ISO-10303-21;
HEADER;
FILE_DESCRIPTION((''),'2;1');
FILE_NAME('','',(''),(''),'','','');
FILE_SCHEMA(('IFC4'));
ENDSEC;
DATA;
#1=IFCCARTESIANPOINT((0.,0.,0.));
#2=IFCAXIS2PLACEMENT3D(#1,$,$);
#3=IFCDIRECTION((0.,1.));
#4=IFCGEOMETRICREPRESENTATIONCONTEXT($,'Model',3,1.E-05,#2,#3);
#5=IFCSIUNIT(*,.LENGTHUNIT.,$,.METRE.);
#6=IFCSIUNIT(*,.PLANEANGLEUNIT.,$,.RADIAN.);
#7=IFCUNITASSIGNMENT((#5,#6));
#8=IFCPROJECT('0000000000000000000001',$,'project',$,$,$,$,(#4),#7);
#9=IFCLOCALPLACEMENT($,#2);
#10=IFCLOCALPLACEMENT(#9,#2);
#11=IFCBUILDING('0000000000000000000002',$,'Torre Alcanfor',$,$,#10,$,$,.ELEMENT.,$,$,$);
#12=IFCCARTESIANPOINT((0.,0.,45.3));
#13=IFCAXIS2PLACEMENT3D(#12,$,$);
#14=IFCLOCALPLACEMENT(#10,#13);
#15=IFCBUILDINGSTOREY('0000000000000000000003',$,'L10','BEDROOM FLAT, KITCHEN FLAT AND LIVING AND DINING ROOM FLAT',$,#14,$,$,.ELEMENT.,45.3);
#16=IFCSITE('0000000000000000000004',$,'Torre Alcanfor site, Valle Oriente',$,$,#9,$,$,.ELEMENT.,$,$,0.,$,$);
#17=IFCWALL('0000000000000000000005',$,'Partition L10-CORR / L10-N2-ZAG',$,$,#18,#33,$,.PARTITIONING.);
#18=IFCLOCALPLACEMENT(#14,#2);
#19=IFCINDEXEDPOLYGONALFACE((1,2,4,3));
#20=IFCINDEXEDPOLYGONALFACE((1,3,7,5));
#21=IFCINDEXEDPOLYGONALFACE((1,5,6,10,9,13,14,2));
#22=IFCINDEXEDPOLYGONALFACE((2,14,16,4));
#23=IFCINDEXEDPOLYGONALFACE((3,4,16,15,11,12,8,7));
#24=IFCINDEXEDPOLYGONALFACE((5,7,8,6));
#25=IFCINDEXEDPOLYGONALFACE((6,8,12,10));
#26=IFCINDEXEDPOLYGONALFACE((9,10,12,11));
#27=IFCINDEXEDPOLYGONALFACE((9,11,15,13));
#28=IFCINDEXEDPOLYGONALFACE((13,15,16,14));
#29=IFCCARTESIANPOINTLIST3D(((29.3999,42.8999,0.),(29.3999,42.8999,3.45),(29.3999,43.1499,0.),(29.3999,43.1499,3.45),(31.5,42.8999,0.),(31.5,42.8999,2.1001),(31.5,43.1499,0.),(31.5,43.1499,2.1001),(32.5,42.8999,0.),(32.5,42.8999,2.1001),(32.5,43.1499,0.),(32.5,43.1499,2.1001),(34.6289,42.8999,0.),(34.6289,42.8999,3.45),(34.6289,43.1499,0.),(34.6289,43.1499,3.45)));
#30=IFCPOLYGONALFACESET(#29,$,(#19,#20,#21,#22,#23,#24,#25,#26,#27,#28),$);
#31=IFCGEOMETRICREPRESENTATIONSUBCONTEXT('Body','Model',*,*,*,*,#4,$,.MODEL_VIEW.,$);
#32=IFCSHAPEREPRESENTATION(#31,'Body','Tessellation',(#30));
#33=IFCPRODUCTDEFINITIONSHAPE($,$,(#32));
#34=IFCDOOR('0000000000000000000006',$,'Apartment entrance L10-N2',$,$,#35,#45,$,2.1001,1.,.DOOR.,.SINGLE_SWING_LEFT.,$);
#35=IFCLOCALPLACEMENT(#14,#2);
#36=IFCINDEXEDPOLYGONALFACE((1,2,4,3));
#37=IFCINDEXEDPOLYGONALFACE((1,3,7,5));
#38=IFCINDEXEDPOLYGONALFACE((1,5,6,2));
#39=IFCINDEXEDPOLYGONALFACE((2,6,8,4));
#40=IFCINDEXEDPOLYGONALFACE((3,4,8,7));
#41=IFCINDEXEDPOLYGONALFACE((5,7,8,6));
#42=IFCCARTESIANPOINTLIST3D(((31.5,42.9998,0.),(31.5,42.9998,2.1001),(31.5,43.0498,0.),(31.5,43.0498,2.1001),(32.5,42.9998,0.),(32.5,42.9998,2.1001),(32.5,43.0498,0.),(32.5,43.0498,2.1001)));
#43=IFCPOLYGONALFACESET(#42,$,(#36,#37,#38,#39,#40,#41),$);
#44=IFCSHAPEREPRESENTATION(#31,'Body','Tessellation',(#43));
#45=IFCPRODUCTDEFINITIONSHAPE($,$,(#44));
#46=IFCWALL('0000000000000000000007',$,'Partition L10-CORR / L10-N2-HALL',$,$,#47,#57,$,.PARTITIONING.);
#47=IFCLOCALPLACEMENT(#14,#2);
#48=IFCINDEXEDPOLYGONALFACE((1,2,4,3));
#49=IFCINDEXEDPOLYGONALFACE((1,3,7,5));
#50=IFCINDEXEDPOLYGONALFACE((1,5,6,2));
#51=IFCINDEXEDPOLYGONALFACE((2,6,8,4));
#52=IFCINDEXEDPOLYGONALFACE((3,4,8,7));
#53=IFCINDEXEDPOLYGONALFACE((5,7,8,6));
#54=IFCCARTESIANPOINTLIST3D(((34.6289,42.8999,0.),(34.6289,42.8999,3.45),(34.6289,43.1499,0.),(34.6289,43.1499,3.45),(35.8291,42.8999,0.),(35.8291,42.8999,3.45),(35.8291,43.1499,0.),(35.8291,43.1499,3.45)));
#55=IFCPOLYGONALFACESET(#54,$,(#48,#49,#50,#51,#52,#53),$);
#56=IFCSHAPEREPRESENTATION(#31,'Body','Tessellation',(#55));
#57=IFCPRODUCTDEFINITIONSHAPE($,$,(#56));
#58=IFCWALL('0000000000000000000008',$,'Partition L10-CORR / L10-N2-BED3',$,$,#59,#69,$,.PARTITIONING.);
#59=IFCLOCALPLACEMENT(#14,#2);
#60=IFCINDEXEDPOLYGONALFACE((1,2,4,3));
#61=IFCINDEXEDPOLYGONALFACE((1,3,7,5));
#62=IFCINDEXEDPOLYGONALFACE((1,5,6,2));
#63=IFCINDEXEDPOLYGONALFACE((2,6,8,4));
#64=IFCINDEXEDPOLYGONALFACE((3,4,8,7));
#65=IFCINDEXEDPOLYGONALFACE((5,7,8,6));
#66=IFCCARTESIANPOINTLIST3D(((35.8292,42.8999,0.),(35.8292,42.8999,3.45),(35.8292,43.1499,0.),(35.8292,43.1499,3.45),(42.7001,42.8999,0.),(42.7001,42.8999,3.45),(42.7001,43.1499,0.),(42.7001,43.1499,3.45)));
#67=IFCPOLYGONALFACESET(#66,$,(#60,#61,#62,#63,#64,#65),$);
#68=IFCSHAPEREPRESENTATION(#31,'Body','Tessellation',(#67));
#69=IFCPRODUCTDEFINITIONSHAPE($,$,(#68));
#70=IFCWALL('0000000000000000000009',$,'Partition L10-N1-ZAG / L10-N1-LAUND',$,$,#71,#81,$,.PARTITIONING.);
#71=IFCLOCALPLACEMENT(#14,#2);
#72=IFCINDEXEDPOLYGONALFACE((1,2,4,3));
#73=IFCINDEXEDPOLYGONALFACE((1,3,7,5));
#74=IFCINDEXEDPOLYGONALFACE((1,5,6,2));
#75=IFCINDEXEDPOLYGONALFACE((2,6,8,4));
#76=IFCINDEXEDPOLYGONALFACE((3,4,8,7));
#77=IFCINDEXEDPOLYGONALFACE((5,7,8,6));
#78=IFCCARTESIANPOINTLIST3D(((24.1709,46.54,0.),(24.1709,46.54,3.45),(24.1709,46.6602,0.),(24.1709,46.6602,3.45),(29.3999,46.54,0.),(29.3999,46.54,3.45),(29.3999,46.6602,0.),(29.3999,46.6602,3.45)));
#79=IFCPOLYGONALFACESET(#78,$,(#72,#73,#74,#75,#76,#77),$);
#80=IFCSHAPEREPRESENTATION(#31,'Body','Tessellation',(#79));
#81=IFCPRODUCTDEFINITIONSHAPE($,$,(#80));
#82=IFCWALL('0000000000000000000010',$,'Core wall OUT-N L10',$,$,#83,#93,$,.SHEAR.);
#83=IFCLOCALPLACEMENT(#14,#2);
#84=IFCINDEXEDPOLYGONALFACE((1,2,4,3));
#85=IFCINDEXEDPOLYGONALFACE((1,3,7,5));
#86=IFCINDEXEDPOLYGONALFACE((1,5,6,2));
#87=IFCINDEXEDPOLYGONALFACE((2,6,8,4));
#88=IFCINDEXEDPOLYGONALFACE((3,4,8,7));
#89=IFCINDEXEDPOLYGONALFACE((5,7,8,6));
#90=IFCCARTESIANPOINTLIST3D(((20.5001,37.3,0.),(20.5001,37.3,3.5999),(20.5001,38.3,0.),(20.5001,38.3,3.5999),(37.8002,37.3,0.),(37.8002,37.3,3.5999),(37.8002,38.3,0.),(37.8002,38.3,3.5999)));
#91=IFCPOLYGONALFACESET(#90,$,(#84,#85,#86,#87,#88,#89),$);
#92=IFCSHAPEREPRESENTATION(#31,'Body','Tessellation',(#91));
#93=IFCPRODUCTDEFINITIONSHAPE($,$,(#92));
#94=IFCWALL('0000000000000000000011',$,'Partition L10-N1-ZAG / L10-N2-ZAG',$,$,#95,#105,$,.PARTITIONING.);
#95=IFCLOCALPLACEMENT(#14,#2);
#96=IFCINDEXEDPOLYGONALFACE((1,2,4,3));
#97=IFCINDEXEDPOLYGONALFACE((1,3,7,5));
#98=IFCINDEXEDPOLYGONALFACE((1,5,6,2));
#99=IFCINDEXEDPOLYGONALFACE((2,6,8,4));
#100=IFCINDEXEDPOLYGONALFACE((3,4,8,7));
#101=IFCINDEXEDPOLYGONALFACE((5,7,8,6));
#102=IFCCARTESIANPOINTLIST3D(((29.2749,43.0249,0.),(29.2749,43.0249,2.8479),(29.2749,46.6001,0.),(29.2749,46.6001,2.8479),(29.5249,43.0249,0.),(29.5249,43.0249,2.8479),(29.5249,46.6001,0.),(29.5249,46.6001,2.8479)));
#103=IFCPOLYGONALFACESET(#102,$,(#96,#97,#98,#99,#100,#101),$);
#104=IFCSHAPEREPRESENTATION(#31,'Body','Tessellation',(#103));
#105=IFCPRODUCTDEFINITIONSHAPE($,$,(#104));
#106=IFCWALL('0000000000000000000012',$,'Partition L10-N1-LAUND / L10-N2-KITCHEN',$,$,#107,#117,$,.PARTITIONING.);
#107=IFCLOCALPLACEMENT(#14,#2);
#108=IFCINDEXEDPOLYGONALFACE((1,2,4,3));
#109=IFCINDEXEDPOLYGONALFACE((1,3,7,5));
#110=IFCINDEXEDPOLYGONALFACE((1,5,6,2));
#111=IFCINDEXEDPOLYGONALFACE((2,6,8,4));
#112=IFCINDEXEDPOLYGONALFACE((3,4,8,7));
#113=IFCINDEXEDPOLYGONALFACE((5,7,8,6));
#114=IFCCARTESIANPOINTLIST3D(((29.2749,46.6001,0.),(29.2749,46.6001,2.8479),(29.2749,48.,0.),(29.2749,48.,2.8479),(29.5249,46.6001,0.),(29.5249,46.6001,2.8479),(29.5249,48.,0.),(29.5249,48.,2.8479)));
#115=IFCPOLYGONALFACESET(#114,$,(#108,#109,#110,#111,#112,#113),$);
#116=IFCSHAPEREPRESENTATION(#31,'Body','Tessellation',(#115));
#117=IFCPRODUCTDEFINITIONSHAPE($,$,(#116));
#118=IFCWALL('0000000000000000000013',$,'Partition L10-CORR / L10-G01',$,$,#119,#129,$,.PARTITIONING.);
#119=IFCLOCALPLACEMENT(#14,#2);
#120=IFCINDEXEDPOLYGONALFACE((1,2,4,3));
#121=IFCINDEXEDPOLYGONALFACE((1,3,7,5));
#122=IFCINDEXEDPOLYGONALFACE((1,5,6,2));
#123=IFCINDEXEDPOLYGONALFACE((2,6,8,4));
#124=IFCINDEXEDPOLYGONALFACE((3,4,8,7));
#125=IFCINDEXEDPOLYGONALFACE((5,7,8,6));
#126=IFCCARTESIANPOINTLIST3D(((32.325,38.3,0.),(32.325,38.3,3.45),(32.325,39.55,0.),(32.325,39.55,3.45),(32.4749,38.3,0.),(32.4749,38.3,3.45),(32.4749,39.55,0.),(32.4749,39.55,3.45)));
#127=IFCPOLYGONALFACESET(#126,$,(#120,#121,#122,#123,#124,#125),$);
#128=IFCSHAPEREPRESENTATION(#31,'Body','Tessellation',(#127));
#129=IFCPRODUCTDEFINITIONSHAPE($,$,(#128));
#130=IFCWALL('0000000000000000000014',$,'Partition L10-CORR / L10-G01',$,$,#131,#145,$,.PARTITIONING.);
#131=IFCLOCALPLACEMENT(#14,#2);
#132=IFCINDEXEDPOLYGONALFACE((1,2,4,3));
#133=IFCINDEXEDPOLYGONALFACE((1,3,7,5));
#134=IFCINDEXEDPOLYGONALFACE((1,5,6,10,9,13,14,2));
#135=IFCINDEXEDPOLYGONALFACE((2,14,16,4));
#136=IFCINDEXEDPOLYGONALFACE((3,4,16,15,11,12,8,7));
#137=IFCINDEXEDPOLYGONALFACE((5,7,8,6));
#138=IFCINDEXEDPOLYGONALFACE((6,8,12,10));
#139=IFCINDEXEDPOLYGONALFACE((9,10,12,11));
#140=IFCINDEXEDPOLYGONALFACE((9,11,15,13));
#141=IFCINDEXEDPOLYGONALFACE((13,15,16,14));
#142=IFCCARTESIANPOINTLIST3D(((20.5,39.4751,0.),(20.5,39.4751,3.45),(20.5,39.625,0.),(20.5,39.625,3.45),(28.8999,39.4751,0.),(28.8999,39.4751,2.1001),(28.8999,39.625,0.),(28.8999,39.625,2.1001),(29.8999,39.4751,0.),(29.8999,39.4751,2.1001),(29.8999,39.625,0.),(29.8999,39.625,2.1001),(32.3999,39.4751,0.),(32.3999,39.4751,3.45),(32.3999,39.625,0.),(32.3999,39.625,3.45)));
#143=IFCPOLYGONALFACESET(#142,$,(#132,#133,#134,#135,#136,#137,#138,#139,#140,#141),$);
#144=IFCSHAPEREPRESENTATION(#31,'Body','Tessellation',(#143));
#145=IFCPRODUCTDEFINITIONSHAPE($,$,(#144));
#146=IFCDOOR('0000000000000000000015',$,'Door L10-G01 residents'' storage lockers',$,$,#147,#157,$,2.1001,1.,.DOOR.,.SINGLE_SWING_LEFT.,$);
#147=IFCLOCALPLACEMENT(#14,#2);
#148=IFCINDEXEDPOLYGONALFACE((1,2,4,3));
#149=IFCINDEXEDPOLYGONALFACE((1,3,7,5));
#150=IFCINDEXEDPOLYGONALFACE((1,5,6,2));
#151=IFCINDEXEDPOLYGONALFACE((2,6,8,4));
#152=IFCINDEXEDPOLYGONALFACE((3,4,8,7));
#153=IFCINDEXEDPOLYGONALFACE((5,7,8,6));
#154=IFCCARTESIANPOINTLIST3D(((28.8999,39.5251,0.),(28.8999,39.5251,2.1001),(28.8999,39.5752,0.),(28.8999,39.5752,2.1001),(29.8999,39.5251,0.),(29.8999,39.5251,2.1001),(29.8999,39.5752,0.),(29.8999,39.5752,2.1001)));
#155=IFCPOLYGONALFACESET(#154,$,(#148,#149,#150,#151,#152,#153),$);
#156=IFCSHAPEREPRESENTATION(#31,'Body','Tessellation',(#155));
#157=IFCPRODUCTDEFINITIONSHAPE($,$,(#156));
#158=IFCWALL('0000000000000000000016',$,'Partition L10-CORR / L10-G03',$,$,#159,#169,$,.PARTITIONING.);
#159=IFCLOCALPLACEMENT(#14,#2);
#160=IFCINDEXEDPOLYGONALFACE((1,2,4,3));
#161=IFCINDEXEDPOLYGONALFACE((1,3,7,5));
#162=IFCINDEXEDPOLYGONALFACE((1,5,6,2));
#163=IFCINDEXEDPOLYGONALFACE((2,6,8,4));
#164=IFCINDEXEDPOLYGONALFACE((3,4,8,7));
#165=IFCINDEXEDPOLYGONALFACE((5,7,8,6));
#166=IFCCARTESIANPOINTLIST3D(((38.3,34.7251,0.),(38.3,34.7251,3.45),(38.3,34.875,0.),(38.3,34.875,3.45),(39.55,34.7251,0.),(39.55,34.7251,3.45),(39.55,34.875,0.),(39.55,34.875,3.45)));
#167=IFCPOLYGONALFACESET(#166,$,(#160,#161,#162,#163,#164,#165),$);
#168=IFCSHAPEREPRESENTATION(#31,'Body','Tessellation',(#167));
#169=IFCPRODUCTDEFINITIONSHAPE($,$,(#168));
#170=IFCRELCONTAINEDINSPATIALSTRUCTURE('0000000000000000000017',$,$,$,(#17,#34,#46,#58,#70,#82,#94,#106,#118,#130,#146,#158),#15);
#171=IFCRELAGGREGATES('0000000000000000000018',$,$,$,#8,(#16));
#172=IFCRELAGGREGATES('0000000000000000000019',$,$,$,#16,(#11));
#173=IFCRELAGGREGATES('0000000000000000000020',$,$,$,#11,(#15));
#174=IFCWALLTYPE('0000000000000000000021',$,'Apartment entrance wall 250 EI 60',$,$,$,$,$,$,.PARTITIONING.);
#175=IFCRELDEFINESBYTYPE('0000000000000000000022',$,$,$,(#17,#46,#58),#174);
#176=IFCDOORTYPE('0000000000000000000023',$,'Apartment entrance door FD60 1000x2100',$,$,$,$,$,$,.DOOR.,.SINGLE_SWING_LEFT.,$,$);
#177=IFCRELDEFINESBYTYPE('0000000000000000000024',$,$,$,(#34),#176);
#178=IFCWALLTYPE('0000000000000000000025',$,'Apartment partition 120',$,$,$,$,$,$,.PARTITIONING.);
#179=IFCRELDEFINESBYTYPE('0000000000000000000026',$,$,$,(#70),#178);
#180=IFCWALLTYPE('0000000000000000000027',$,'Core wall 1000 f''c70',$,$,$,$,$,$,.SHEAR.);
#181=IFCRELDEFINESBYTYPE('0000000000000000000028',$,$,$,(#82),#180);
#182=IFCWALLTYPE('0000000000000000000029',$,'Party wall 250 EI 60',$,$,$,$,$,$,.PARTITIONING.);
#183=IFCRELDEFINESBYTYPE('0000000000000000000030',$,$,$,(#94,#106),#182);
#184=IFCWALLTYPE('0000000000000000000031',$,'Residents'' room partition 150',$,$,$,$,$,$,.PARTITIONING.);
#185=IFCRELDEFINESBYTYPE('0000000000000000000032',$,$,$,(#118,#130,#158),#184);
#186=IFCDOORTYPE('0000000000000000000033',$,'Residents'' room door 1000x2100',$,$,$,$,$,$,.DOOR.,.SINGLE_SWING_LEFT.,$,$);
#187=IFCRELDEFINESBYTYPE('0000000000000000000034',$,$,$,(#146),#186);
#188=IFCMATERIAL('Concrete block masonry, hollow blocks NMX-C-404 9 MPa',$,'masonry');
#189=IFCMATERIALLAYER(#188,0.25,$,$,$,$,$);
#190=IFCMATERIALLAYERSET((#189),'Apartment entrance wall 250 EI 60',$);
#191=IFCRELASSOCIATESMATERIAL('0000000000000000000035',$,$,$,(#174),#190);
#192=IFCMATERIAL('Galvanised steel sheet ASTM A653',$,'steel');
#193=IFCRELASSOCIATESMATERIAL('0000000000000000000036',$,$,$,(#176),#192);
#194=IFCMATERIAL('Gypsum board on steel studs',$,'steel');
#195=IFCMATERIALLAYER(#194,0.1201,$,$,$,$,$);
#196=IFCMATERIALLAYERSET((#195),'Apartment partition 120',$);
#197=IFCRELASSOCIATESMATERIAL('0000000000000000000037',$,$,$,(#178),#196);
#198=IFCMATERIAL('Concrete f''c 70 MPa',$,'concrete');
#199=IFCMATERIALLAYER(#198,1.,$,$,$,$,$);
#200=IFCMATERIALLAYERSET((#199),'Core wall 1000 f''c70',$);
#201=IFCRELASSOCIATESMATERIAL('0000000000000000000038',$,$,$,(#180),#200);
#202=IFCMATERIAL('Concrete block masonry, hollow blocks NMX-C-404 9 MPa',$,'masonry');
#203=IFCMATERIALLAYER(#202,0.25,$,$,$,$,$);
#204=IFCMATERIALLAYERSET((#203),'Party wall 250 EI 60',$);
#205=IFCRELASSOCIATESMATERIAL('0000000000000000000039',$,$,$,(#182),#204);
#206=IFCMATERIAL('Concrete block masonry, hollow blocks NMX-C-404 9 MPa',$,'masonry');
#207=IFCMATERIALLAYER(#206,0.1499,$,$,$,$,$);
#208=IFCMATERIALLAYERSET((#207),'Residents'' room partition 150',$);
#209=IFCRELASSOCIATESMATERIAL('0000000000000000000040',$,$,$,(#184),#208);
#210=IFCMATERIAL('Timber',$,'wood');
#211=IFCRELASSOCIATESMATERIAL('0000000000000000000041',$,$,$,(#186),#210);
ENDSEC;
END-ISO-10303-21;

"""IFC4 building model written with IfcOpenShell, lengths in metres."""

from ifc_helpers import new_model, si_unit, direction, frame, frame_2d, origin, place, context, subcontext, project, spatial, rectangle, extrude, material, layer, layer_set, type_object, element, fill, save


model = new_model("IFC4")

# Units and contexts
model_context = context("Model", 3, precision=1e-05, world=origin(), true_north=direction((0.0, 1.0)))
body_context = subcontext(model_context, "Body", "Model", "MODEL_VIEW")
ifc_project = project(units=[si_unit("LENGTHUNIT", "METRE"), si_unit("PLANEANGLEUNIT", "RADIAN")], contexts=[model_context])

# Site, building, storey
site_placement = place(None, origin())
site = spatial("IfcSite", under=ifc_project, at=site_placement, Name="Torre Alcanfor site, Valle Oriente", CompositionType="ELEMENT", RefElevation=0.0)
building_placement = place(site_placement, origin())
building = spatial("IfcBuilding", under=site, at=building_placement, Name="Torre Alcanfor", CompositionType="ELEMENT")
storey_placement = place(building_placement, frame((0.0, 0.0, 45.3)))
storey = spatial("IfcBuildingStorey", under=building, at=storey_placement, Name="L10", Description="BEDROOM FLAT, KITCHEN FLAT AND LIVING AND DINING ROOM FLAT", CompositionType="ELEMENT", Elevation=45.3)

# Wall, opening, door
ifc_material_1 = material(Name="Concrete block masonry, hollow blocks NMX-C-404 9 MPa", Category="masonry")
ifc_layer_1 = layer(ifc_material_1, 0.25)
ifc_layer_set_1 = layer_set([ifc_layer_1], Name="Apartment entrance wall 250 EI 60")
wall_type_1 = type_object("IfcWallType", Name="Apartment entrance wall 250 EI 60", PredefinedType="PARTITIONING", material=ifc_layer_set_1)
wall_1_placement = place(storey_placement, frame((29.3999, 43.0249, 0.0), z_axis=(0.0, 0.0, 1.0), x_axis=(1.0, 0.0, 0.0)))
wall_1 = element("IfcWall", 1, at=wall_1_placement, inside=storey, type_object=wall_type_1, Name="Partition L10-CORR / L10-N2-ZAG", PredefinedType="PARTITIONING", context=body_context, shape_type="SweptSolid", body=[
    extrude(rectangle(XDim=5.229, YDim=0.25, at=frame_2d((2.6145, 0.0))), origin(), (0.0, 0.0, 1.0), 3.45),
])
opening_1_placement = place(wall_1_placement, frame((2.1001, 0.0, 0.0)))
opening_1 = element("IfcOpeningElement", 2, at=opening_1_placement, cuts=wall_1, PredefinedType="OPENING", context=body_context, shape_type="SweptSolid", body=[
    extrude(rectangle(XDim=1.0, YDim=2.1001, at=frame_2d((0.5, 1.05))), frame((0.0, 0.135, 0.0), z_axis=(0.0, -1.0, 0.0), x_axis=(1.0, 0.0, 0.0)), (0.0, 0.0, 1.0), 0.27),
])
ifc_material_2 = material(Name="Galvanised steel sheet ASTM A653", Category="steel")
door_type_1 = type_object("IfcDoorType", Name="Apartment entrance door FD60 1000x2100", OperationType="SINGLE_SWING_LEFT", PredefinedType="DOOR", material=ifc_material_2)
door_1_placement = place(opening_1_placement, origin())
door_1 = element("IfcDoor", 3, at=door_1_placement, inside=storey, type_object=door_type_1, Name="Apartment entrance L10-N2", OperationType="SINGLE_SWING_LEFT", OverallHeight=2.1001, OverallWidth=1.0, PredefinedType="DOOR", context=body_context, shape_type="SweptSolid", body=[
    extrude(rectangle(XDim=1.0, YDim=2.1001, at=frame_2d((0.5, 1.05))), frame((0.0, 0.0249, 0.0), z_axis=(0.0, -1.0, 0.0), x_axis=(1.0, 0.0, 0.0)), (0.0, 0.0, 1.0), 0.05),
])
fill(opening_1, door_1)

# Walls
wall_2_placement = place(storey_placement, frame((34.6289, 43.0249, 0.0), z_axis=(0.0, 0.0, 1.0), x_axis=(1.0, 0.0, 0.0)))
element("IfcWall", 4, at=wall_2_placement, inside=storey, type_object=wall_type_1, Name="Partition L10-CORR / L10-N2-HALL", PredefinedType="PARTITIONING", context=body_context, shape_type="SweptSolid", body=[
    extrude(rectangle(XDim=1.2002, YDim=0.25, at=frame_2d((0.6001, 0.0))), origin(), (0.0, 0.0, 1.0), 3.45),
])
wall_3_placement = place(storey_placement, frame((35.8291, 43.0249, 0.0), z_axis=(0.0, 0.0, 1.0), x_axis=(1.0, 0.0, 0.0)))
element("IfcWall", 5, at=wall_3_placement, inside=storey, type_object=wall_type_1, Name="Partition L10-CORR / L10-N2-BED3", PredefinedType="PARTITIONING", context=body_context, shape_type="SweptSolid", body=[
    extrude(rectangle(XDim=6.8708, YDim=0.25, at=frame_2d((3.4355, 0.0))), origin(), (0.0, 0.0, 1.0), 3.45),
])
ifc_material_3 = material(Name="Gypsum board on steel studs", Category="steel")
ifc_layer_2 = layer(ifc_material_3, 0.1201)
ifc_layer_set_2 = layer_set([ifc_layer_2], Name="Apartment partition 120")
wall_type_2 = type_object("IfcWallType", Name="Apartment partition 120", PredefinedType="PARTITIONING", material=ifc_layer_set_2)
wall_4_placement = place(storey_placement, frame((29.3999, 46.6001, 0.0), z_axis=(0.0, 0.0, 1.0), x_axis=(-1.0, 0.0, 0.0)))
element("IfcWall", 6, at=wall_4_placement, inside=storey, type_object=wall_type_2, Name="Partition L10-N1-ZAG / L10-N1-LAUND", PredefinedType="PARTITIONING", context=body_context, shape_type="SweptSolid", body=[
    extrude(rectangle(XDim=5.229, YDim=0.1201, at=frame_2d((2.6145, 0.0))), origin(), (0.0, 0.0, 1.0), 3.45),
])
ifc_material_4 = material(Name="Concrete f'c 70 MPa", Category="concrete")
ifc_layer_3 = layer(ifc_material_4, 1.0)
ifc_layer_set_3 = layer_set([ifc_layer_3], Name="Core wall 1000 f'c70")
wall_type_3 = type_object("IfcWallType", Name="Core wall 1000 f'c70", PredefinedType="SHEAR", material=ifc_layer_set_3)
wall_5_placement = place(storey_placement, frame((37.8, 37.8, 0.0), z_axis=(0.0, 0.0, 1.0), x_axis=(-1.0, 0.0, 0.0)))
element("IfcWall", 7, at=wall_5_placement, inside=storey, type_object=wall_type_3, Name="Core wall OUT-N L10", PredefinedType="SHEAR", context=body_context, shape_type="SweptSolid", body=[
    extrude(rectangle(XDim=17.3, YDim=1.0, at=frame_2d((8.6499, 0.0))), origin(), (0.0, 0.0, 1.0), 3.5999),
])
ifc_material_5 = material(Name="Concrete block masonry, hollow blocks NMX-C-404 9 MPa", Category="masonry")
ifc_layer_4 = layer(ifc_material_5, 0.25)
ifc_layer_set_4 = layer_set([ifc_layer_4], Name="Party wall 250 EI 60")
wall_type_4 = type_object("IfcWallType", Name="Party wall 250 EI 60", PredefinedType="PARTITIONING", material=ifc_layer_set_4)
wall_6_placement = place(storey_placement, frame((29.3999, 43.0249, 0.0), z_axis=(0.0, 0.0, 1.0), x_axis=(0.0, 1.0, 0.0)))
element("IfcWall", 8, at=wall_6_placement, inside=storey, type_object=wall_type_4, Name="Partition L10-N1-ZAG / L10-N2-ZAG", PredefinedType="PARTITIONING", context=body_context, shape_type="SweptSolid", body=[
    extrude(rectangle(XDim=3.5752, YDim=0.25, at=frame_2d((1.7876, 0.0))), origin(), (0.0, 0.0, 1.0), 2.8479),
])
wall_7_placement = place(storey_placement, frame((29.3999, 46.6001, 0.0), z_axis=(0.0, 0.0, 1.0), x_axis=(0.0, 1.0, 0.0)))
element("IfcWall", 9, at=wall_7_placement, inside=storey, type_object=wall_type_4, Name="Partition L10-N1-LAUND / L10-N2-KITCHEN", PredefinedType="PARTITIONING", context=body_context, shape_type="SweptSolid", body=[
    extrude(rectangle(XDim=1.3999, YDim=0.25, at=frame_2d((0.7, 0.0))), origin(), (0.0, 0.0, 1.0), 2.8479),
])
ifc_material_6 = material(Name="Concrete block masonry, hollow blocks NMX-C-404 9 MPa", Category="masonry")
ifc_layer_5 = layer(ifc_material_6, 0.1499)
ifc_layer_set_5 = layer_set([ifc_layer_5], Name="Residents' room partition 150")
wall_type_5 = type_object("IfcWallType", Name="Residents' room partition 150", PredefinedType="PARTITIONING", material=ifc_layer_set_5)
wall_8_placement = place(storey_placement, frame((32.3999, 38.3, 0.0), z_axis=(0.0, 0.0, 1.0), x_axis=(0.0, 1.0, 0.0)))
element("IfcWall", 10, at=wall_8_placement, inside=storey, type_object=wall_type_5, Name="Partition L10-CORR / L10-G01", PredefinedType="PARTITIONING", context=body_context, shape_type="SweptSolid", body=[
    extrude(rectangle(XDim=1.25, YDim=0.1499, at=frame_2d((0.625, 0.0))), origin(), (0.0, 0.0, 1.0), 3.45),
])

# Wall, opening, door
wall_9_placement = place(storey_placement, frame((32.3999, 39.55, 0.0), z_axis=(0.0, 0.0, 1.0), x_axis=(-1.0, 0.0, 0.0)))
wall_9 = element("IfcWall", 11, at=wall_9_placement, inside=storey, type_object=wall_type_5, Name="Partition L10-CORR / L10-G01", PredefinedType="PARTITIONING", context=body_context, shape_type="SweptSolid", body=[
    extrude(rectangle(XDim=11.8999, YDim=0.1499, at=frame_2d((5.95, 0.0))), origin(), (0.0, 0.0, 1.0), 3.45),
])
opening_2_placement = place(wall_9_placement, frame((2.5, 0.0, 0.0)))
opening_2 = element("IfcOpeningElement", 12, at=opening_2_placement, cuts=wall_9, PredefinedType="OPENING", context=body_context, shape_type="SweptSolid", body=[
    extrude(rectangle(XDim=1.0, YDim=2.1001, at=frame_2d((0.5, 1.05))), frame((0.0, 0.085, 0.0), z_axis=(0.0, -1.0, 0.0), x_axis=(1.0, 0.0, 0.0)), (0.0, 0.0, 1.0), 0.1699),
])
ifc_material_7 = material(Name="Timber", Category="wood")
door_type_2 = type_object("IfcDoorType", Name="Residents' room door 1000x2100", OperationType="SINGLE_SWING_LEFT", PredefinedType="DOOR", material=ifc_material_7)
door_2_placement = place(opening_2_placement, origin())
door_2 = element("IfcDoor", 13, at=door_2_placement, inside=storey, type_object=door_type_2, Name="Door L10-G01 residents' storage lockers", OperationType="SINGLE_SWING_LEFT", OverallHeight=2.1001, OverallWidth=1.0, PredefinedType="DOOR", context=body_context, shape_type="SweptSolid", body=[
    extrude(rectangle(XDim=1.0, YDim=2.1001, at=frame_2d((0.5, 1.05))), frame((0.0, 0.0249, 0.0), z_axis=(0.0, -1.0, 0.0), x_axis=(1.0, 0.0, 0.0)), (0.0, 0.0, 1.0), 0.05),
])
fill(opening_2, door_2)

# Wall
wall_10_placement = place(storey_placement, frame((38.3, 34.8, 0.0), z_axis=(0.0, 0.0, 1.0), x_axis=(1.0, 0.0, 0.0)))
element("IfcWall", 14, at=wall_10_placement, inside=storey, type_object=wall_type_5, Name="Partition L10-CORR / L10-G03", PredefinedType="PARTITIONING", context=body_context, shape_type="SweptSolid", body=[
    extrude(rectangle(XDim=1.25, YDim=0.1499, at=frame_2d((0.625, 0.0))), origin(), (0.0, 0.0, 1.0), 3.45),
])

save(model, "model.ifc")
